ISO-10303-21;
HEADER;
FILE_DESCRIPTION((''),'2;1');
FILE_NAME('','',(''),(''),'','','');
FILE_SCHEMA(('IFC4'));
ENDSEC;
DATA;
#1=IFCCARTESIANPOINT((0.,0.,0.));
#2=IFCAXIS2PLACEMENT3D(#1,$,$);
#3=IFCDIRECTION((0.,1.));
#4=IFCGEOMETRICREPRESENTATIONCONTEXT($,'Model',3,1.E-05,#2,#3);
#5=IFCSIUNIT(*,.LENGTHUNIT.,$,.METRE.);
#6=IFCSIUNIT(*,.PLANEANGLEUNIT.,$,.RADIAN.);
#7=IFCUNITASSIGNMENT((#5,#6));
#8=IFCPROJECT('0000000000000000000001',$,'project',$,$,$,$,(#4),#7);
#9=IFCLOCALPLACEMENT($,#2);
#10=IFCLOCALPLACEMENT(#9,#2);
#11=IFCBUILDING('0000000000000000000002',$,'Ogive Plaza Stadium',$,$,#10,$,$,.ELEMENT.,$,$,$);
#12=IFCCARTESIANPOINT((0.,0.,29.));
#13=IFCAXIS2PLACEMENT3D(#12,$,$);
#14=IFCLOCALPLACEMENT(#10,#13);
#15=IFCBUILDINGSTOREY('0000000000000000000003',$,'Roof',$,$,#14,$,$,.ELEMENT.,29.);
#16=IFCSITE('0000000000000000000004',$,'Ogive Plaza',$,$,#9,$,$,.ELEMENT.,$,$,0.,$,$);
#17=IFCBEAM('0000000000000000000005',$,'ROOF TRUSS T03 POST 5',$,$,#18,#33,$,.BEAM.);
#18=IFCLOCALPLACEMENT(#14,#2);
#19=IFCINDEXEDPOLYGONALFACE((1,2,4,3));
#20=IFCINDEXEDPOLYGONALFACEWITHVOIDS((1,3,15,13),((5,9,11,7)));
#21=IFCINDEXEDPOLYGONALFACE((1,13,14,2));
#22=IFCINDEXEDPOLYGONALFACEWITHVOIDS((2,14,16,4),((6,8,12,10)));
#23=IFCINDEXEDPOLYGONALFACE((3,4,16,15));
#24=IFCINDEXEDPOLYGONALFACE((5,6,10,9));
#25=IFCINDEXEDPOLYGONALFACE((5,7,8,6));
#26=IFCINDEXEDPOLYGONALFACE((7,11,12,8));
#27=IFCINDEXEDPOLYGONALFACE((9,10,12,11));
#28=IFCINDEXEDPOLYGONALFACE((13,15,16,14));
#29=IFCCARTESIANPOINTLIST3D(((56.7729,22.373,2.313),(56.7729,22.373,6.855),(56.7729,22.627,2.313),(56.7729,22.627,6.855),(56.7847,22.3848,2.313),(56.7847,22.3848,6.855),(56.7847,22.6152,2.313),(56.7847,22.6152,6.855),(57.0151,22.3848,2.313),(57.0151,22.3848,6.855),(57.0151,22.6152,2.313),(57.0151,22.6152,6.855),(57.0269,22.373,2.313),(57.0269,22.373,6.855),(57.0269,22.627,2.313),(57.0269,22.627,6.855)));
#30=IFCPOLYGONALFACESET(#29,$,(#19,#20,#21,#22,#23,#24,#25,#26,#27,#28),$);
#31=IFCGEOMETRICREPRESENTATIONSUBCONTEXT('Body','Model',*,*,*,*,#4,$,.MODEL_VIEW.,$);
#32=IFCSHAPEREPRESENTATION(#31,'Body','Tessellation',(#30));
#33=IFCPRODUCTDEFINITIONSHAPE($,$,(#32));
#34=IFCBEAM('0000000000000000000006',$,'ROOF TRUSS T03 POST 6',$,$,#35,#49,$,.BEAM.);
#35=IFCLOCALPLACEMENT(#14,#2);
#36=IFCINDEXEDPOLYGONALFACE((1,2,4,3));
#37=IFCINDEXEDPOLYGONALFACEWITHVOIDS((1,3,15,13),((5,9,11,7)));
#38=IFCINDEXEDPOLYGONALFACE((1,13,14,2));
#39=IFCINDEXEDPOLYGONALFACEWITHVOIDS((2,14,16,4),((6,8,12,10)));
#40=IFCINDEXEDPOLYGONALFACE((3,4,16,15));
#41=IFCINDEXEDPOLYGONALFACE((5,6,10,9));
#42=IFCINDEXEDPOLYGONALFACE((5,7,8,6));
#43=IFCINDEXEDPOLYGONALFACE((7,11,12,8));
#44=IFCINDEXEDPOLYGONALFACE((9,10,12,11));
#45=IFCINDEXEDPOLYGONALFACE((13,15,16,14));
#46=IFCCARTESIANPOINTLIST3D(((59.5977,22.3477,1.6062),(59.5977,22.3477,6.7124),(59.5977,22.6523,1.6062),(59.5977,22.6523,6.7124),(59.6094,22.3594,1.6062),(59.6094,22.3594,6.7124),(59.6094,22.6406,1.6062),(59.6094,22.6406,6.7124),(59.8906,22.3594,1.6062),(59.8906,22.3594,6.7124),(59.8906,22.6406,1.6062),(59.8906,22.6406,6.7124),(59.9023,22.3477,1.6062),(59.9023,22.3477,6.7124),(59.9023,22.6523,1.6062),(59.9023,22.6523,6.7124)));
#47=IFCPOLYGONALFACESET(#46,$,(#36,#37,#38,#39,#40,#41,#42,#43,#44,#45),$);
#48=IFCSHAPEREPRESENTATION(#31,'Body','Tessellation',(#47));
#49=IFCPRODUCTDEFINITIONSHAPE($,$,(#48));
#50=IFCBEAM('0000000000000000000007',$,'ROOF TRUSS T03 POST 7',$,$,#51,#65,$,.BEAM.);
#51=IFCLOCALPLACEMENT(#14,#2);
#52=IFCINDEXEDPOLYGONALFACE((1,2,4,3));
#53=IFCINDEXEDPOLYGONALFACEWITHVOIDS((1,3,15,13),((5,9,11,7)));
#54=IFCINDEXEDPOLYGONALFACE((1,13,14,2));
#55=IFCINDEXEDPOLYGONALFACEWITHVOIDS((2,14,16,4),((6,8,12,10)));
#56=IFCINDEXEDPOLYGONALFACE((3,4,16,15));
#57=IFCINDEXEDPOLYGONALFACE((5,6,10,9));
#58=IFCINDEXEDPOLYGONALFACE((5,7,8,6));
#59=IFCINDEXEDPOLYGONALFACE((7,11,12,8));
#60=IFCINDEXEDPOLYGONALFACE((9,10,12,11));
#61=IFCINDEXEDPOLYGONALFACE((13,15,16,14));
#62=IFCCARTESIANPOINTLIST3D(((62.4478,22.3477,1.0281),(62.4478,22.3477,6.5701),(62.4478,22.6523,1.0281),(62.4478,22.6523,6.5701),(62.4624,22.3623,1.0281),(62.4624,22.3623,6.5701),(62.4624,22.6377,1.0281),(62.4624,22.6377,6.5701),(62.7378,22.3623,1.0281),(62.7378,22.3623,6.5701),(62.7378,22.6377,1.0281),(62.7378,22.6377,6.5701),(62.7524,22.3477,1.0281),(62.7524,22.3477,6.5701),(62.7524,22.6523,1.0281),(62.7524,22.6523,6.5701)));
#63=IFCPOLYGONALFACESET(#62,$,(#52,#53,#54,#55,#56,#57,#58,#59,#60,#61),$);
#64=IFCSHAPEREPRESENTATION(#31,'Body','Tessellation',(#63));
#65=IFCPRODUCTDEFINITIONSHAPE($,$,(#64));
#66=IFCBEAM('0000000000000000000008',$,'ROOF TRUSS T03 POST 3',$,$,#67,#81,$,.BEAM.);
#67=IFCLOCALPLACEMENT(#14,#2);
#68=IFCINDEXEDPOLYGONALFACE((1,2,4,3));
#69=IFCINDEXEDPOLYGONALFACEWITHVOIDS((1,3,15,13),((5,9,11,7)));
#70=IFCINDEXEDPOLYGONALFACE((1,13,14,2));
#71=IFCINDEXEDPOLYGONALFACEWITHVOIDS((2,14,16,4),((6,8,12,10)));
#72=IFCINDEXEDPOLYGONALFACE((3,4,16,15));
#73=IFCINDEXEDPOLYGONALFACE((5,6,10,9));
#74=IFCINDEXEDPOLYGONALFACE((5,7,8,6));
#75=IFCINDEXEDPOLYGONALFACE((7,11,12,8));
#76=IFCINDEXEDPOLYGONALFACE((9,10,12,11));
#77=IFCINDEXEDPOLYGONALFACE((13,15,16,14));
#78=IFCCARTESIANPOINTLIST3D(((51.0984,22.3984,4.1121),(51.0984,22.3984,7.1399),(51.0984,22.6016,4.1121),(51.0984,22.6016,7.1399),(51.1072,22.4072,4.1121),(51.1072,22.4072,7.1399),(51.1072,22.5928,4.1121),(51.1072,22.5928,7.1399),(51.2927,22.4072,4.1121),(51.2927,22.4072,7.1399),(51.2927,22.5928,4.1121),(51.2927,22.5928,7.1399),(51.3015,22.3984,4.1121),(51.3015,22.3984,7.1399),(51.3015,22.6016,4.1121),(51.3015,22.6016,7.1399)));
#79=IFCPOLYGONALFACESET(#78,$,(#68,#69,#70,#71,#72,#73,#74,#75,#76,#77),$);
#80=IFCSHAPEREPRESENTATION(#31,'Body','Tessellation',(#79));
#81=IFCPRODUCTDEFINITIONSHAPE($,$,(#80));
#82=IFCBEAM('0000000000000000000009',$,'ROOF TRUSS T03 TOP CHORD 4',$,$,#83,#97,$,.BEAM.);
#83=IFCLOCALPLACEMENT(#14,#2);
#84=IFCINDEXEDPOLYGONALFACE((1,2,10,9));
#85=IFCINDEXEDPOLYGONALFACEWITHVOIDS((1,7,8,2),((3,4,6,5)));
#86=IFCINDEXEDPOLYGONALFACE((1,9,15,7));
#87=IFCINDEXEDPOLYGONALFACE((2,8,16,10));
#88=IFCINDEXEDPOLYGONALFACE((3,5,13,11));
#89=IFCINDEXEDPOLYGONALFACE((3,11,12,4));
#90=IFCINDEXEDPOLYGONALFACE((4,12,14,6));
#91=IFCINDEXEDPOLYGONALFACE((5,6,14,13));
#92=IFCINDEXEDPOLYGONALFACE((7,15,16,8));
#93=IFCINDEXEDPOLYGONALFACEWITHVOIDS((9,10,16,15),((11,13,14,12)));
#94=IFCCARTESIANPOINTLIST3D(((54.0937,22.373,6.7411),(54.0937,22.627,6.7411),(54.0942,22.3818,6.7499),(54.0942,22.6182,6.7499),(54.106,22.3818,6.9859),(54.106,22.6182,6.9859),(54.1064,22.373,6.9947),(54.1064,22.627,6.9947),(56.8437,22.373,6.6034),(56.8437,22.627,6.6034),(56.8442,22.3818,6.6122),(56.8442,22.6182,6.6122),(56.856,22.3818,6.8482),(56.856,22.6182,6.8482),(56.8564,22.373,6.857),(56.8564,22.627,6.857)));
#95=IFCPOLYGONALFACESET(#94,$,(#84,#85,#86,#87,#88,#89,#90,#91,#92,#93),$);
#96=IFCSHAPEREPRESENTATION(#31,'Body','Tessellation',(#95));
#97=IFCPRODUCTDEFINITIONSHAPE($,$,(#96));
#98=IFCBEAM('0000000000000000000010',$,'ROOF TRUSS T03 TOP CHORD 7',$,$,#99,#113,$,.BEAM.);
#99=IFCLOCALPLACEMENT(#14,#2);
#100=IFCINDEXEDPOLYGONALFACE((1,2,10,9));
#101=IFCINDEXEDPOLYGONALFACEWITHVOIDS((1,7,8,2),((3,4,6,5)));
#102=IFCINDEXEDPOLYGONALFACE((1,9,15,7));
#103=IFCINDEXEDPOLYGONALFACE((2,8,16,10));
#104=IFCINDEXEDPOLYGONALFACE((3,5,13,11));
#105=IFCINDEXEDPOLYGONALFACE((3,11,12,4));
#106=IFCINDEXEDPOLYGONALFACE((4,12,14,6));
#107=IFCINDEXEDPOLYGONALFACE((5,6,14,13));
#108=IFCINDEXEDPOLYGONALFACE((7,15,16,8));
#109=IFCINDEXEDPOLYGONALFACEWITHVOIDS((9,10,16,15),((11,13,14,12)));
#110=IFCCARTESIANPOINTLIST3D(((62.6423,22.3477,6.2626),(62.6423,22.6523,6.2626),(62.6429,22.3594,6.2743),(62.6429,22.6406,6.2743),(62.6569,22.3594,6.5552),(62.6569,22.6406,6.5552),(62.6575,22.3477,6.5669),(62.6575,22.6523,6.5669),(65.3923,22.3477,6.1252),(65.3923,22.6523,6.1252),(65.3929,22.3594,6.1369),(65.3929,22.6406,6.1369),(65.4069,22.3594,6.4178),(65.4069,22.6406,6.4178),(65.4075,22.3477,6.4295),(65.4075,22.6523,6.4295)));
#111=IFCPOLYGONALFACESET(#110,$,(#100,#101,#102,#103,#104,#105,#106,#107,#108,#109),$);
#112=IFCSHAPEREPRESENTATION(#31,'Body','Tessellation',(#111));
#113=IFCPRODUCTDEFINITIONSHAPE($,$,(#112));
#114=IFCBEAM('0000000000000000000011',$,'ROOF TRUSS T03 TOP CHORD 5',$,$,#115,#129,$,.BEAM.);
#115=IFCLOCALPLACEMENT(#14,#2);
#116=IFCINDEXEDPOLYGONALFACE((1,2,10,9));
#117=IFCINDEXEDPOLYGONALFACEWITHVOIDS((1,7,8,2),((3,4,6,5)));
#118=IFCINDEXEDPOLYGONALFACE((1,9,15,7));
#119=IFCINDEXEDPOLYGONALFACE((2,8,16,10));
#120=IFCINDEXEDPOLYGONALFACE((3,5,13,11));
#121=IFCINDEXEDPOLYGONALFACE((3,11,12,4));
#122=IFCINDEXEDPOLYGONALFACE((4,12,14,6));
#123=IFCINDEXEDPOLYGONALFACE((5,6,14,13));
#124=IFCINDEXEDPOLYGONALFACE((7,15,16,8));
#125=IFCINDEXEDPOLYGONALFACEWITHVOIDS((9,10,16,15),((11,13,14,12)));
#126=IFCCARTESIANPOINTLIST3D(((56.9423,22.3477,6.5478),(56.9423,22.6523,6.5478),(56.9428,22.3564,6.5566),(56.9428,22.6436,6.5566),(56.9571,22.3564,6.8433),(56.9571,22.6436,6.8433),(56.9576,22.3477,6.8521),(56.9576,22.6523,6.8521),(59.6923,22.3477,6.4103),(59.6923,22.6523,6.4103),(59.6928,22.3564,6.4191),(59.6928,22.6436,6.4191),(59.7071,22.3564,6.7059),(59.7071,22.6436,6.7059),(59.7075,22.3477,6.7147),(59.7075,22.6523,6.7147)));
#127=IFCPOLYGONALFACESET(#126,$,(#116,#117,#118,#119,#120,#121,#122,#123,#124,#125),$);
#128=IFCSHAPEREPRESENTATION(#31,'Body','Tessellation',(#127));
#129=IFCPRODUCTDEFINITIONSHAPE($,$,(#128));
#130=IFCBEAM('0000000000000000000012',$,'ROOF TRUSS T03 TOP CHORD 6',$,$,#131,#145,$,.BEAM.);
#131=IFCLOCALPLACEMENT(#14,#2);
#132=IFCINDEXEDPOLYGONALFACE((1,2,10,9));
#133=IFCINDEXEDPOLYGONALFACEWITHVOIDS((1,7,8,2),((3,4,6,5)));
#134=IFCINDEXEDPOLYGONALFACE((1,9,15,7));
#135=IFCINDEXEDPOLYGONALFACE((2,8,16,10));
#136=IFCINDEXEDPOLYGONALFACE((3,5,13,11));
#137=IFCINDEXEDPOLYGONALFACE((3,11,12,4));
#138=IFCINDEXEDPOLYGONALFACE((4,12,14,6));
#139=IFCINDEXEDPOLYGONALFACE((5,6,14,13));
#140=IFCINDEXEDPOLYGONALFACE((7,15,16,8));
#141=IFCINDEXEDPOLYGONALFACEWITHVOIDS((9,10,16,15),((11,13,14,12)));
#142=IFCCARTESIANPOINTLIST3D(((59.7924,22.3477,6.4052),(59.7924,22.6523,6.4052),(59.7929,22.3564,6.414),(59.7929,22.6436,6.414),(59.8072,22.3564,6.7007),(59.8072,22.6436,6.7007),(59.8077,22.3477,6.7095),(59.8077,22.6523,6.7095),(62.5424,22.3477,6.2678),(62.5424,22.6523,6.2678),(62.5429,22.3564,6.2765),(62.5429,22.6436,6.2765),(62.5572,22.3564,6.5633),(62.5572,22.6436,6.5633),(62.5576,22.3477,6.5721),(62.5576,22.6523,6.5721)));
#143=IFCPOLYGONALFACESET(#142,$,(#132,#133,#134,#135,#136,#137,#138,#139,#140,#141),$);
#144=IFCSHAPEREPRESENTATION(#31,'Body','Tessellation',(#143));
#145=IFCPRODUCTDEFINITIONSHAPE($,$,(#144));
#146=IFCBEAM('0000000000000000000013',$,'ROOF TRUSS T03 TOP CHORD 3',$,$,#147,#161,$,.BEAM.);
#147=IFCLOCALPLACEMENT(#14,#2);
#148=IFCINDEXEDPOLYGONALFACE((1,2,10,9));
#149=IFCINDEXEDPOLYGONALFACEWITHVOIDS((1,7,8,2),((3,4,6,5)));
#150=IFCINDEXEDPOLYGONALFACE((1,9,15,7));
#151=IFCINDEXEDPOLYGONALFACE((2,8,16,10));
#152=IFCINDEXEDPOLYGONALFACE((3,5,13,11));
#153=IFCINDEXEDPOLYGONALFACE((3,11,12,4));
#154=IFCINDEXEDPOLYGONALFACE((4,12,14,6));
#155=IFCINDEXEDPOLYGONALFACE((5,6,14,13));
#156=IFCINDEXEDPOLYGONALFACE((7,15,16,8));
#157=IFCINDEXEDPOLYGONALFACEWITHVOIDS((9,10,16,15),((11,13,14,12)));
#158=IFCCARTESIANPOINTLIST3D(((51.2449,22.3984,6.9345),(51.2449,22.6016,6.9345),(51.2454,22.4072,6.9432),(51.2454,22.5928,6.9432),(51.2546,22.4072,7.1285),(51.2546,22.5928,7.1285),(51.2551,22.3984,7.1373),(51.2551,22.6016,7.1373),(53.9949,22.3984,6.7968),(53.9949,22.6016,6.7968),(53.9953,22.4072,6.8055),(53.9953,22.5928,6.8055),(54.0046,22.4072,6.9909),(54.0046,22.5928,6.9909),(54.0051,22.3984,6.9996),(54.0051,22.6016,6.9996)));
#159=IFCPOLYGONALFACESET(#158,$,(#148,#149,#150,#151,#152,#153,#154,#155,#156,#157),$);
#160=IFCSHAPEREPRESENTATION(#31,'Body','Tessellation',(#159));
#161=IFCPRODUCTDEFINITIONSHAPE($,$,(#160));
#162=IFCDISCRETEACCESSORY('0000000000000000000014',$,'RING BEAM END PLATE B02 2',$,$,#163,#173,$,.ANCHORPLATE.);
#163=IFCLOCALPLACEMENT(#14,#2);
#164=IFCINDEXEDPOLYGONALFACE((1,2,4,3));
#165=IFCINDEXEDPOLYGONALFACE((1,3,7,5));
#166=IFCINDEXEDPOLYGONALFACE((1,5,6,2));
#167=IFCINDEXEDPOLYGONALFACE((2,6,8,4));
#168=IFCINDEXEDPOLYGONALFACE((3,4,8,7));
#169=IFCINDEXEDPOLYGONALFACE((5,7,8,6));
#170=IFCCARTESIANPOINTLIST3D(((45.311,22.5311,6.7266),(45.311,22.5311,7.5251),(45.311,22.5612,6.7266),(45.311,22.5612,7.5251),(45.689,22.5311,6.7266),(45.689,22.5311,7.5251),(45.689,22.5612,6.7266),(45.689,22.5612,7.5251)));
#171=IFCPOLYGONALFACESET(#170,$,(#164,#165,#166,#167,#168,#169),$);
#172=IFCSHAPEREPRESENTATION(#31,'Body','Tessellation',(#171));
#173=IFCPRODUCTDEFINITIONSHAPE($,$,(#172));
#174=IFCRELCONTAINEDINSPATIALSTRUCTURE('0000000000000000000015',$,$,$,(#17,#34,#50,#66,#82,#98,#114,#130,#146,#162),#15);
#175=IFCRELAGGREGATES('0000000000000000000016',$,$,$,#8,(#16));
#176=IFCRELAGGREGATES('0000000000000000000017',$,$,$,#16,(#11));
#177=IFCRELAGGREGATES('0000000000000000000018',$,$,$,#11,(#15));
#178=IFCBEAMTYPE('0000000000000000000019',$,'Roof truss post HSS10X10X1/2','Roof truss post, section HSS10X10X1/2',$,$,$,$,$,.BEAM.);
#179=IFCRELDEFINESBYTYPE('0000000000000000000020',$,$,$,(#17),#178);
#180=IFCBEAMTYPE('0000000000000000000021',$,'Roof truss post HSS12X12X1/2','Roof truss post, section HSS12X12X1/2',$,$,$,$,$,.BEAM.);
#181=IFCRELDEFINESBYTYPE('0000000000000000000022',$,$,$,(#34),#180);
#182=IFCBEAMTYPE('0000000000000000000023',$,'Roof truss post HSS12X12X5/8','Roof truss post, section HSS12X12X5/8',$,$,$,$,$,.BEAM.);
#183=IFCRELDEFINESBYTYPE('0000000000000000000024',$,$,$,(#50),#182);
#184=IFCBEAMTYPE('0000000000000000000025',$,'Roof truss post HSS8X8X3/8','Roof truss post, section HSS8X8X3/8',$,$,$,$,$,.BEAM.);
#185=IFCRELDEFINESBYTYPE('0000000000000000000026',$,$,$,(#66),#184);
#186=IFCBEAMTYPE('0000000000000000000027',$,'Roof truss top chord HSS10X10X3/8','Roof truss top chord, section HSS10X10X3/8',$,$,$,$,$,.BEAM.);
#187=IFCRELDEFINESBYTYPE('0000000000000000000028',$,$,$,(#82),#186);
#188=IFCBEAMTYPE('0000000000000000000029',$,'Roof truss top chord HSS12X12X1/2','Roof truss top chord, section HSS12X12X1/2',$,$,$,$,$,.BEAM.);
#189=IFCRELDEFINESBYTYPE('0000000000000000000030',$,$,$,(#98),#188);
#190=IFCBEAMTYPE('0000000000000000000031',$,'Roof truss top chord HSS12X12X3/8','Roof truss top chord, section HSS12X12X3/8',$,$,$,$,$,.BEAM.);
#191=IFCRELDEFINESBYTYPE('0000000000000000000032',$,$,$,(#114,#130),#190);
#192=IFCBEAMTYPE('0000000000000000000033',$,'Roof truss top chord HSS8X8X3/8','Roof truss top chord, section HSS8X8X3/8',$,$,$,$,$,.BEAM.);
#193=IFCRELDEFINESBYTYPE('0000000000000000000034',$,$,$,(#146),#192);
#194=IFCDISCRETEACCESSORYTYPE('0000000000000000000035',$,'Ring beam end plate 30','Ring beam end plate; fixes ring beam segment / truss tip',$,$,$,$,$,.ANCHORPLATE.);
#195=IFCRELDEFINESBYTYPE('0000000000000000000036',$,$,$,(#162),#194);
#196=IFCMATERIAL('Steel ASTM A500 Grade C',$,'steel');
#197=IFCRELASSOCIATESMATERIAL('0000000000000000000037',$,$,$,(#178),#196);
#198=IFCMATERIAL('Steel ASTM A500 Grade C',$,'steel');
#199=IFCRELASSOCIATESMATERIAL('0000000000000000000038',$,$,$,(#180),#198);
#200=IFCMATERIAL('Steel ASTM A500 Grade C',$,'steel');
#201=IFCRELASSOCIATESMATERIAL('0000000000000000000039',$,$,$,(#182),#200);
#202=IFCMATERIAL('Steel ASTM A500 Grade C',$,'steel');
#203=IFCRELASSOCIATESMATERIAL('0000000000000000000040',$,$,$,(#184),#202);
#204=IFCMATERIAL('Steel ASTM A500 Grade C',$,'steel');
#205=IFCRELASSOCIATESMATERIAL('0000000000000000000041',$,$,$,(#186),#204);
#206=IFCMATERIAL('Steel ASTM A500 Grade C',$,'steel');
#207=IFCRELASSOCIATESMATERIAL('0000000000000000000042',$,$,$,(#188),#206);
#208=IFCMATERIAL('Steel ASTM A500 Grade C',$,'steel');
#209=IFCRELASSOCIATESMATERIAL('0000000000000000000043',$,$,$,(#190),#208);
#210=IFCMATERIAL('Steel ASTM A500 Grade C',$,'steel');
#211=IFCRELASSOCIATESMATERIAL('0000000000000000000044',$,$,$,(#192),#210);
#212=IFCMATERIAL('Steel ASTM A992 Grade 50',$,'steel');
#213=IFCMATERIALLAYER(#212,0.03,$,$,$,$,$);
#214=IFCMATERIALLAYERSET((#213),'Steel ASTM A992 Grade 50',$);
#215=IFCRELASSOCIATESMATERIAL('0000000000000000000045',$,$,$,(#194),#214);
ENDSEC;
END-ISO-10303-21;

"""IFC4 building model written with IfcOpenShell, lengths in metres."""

from ifc_helpers import new_model, si_unit, direction, frame, origin, origin_2d, place, context, subcontext, project, spatial, rectangle, hollow_rectangle, extrude, material, layer, layer_set, material_profile, profile_set, type_object, element, save


model = new_model("IFC4")

# Units and contexts
model_context = context("Model", 3, precision=1e-05, world=origin(), true_north=direction((0.0, 1.0)))
body_context = subcontext(model_context, "Body", "Model", "MODEL_VIEW")
ifc_project = project(units=[si_unit("LENGTHUNIT", "METRE"), si_unit("PLANEANGLEUNIT", "RADIAN")], contexts=[model_context])

# Site, building, storey
site_placement = place(None, origin())
site = spatial("IfcSite", under=ifc_project, at=site_placement, Name="Ogive Plaza", CompositionType="ELEMENT", RefElevation=0.0)
building_placement = place(site_placement, origin())
building = spatial("IfcBuilding", under=site, at=building_placement, Name="Ogive Plaza Stadium", CompositionType="ELEMENT")
storey_placement = place(building_placement, frame((0.0, 0.0, 29.0)))
storey = spatial("IfcBuildingStorey", under=building, at=storey_placement, Name="Roof", CompositionType="ELEMENT", Elevation=29.0)

# Beams
ifc_material_1 = material(Name="Steel ASTM A500 Grade C", Category="steel")
ifc_material_profile_1 = material_profile(ifc_material_1, hollow_rectangle(XDim=0.2539, YDim=0.2539, WallThickness=0.0117, at=origin_2d()), Name="HSS10X10X1/2")
ifc_profile_set_1 = profile_set([ifc_material_profile_1], Name="Steel ASTM A500 Grade C")
beam_type_1 = type_object("IfcBeamType", Name="Roof truss post HSS10X10X1/2", Description="Roof truss post, section HSS10X10X1/2", PredefinedType="BEAM", material=ifc_profile_set_1)
beam_1_placement = place(storey_placement, frame((56.8999, 22.5, 2.313), z_axis=(0.0, 0.0, 1.0), x_axis=(0.0, 1.0, 0.0)))
element("IfcBeam", 1, at=beam_1_placement, inside=storey, type_object=beam_type_1, Name="ROOF TRUSS T03 POST 5", PredefinedType="BEAM", context=body_context, shape_type="SweptSolid", body=[
    extrude(hollow_rectangle(XDim=0.2539, YDim=0.2539, WallThickness=0.0117, at=origin_2d()), origin(), (0.0, 0.0, 1.0), 4.542),
])
ifc_material_2 = material(Name="Steel ASTM A500 Grade C", Category="steel")
ifc_material_profile_2 = material_profile(ifc_material_2, hollow_rectangle(XDim=0.3047, YDim=0.3047, WallThickness=0.0117, at=origin_2d()), Name="HSS12X12X1/2")
ifc_profile_set_2 = profile_set([ifc_material_profile_2], Name="Steel ASTM A500 Grade C")
beam_type_2 = type_object("IfcBeamType", Name="Roof truss post HSS12X12X1/2", Description="Roof truss post, section HSS12X12X1/2", PredefinedType="BEAM", material=ifc_profile_set_2)
beam_2_placement = place(storey_placement, frame((59.75, 22.5, 1.6062), z_axis=(0.0, 0.0, 1.0), x_axis=(0.0, 1.0, 0.0)))
element("IfcBeam", 2, at=beam_2_placement, inside=storey, type_object=beam_type_2, Name="ROOF TRUSS T03 POST 6", PredefinedType="BEAM", context=body_context, shape_type="SweptSolid", body=[
    extrude(hollow_rectangle(XDim=0.3047, YDim=0.3047, WallThickness=0.0117, at=origin_2d()), origin(), (0.0, 0.0, 1.0), 5.1062),
])
ifc_material_3 = material(Name="Steel ASTM A500 Grade C", Category="steel")
ifc_material_profile_3 = material_profile(ifc_material_3, hollow_rectangle(XDim=0.3047, YDim=0.3047, WallThickness=0.0146, at=origin_2d()), Name="HSS12X12X5/8")
ifc_profile_set_3 = profile_set([ifc_material_profile_3], Name="Steel ASTM A500 Grade C")
beam_type_3 = type_object("IfcBeamType", Name="Roof truss post HSS12X12X5/8", Description="Roof truss post, section HSS12X12X5/8", PredefinedType="BEAM", material=ifc_profile_set_3)
beam_3_placement = place(storey_placement, frame((62.6001, 22.5, 1.0281), z_axis=(0.0, 0.0, 1.0), x_axis=(0.0, 1.0, 0.0)))
element("IfcBeam", 3, at=beam_3_placement, inside=storey, type_object=beam_type_3, Name="ROOF TRUSS T03 POST 7", PredefinedType="BEAM", context=body_context, shape_type="SweptSolid", body=[
    extrude(hollow_rectangle(XDim=0.3047, YDim=0.3047, WallThickness=0.0146, at=origin_2d()), origin(), (0.0, 0.0, 1.0), 5.542),
])
ifc_material_4 = material(Name="Steel ASTM A500 Grade C", Category="steel")
ifc_material_profile_4 = material_profile(ifc_material_4, hollow_rectangle(XDim=0.2031, YDim=0.2031, WallThickness=0.0088, at=origin_2d()), Name="HSS8X8X3/8")
ifc_profile_set_4 = profile_set([ifc_material_profile_4], Name="Steel ASTM A500 Grade C")
beam_type_4 = type_object("IfcBeamType", Name="Roof truss post HSS8X8X3/8", Description="Roof truss post, section HSS8X8X3/8", PredefinedType="BEAM", material=ifc_profile_set_4)
beam_4_placement = place(storey_placement, frame((51.2, 22.5, 4.1121), z_axis=(0.0, 0.0, 1.0), x_axis=(0.0, 1.0, 0.0)))
element("IfcBeam", 4, at=beam_4_placement, inside=storey, type_object=beam_type_4, Name="ROOF TRUSS T03 POST 3", PredefinedType="BEAM", context=body_context, shape_type="SweptSolid", body=[
    extrude(hollow_rectangle(XDim=0.2031, YDim=0.2031, WallThickness=0.0088, at=origin_2d()), origin(), (0.0, 0.0, 1.0), 3.0278),
])
ifc_material_5 = material(Name="Steel ASTM A500 Grade C", Category="steel")
ifc_material_profile_5 = material_profile(ifc_material_5, hollow_rectangle(XDim=0.2539, YDim=0.2539, WallThickness=0.0088, at=origin_2d()), Name="HSS10X10X3/8")
ifc_profile_set_5 = profile_set([ifc_material_profile_5], Name="Steel ASTM A500 Grade C")
beam_type_5 = type_object("IfcBeamType", Name="Roof truss top chord HSS10X10X3/8", Description="Roof truss top chord, section HSS10X10X3/8", PredefinedType="BEAM", material=ifc_profile_set_5)
beam_5_placement = place(storey_placement, frame((54.1001, 22.5, 6.8679), z_axis=(0.998749, 0.0, -0.050008), x_axis=(0.0, 1.0, 0.0)))
element("IfcBeam", 5, at=beam_5_placement, inside=storey, type_object=beam_type_5, Name="ROOF TRUSS T03 TOP CHORD 4", PredefinedType="BEAM", context=body_context, shape_type="SweptSolid", body=[
    extrude(hollow_rectangle(XDim=0.2539, YDim=0.2539, WallThickness=0.0088, at=origin_2d()), origin(), (0.0, 0.0, 1.0), 2.7534),
])
ifc_material_6 = material(Name="Steel ASTM A500 Grade C", Category="steel")
ifc_material_profile_6 = material_profile(ifc_material_6, hollow_rectangle(XDim=0.3047, YDim=0.3047, WallThickness=0.0117, at=origin_2d()), Name="HSS12X12X1/2")
ifc_profile_set_6 = profile_set([ifc_material_profile_6], Name="Steel ASTM A500 Grade C")
beam_type_6 = type_object("IfcBeamType", Name="Roof truss top chord HSS12X12X1/2", Description="Roof truss top chord, section HSS12X12X1/2", PredefinedType="BEAM", material=ifc_profile_set_6)
beam_6_placement = place(storey_placement, frame((62.6499, 22.5, 6.4148), z_axis=(0.998753, 0.0, -0.04992), x_axis=(0.0, 1.0, 0.0)))
element("IfcBeam", 6, at=beam_6_placement, inside=storey, type_object=beam_type_6, Name="ROOF TRUSS T03 TOP CHORD 7", PredefinedType="BEAM", context=body_context, shape_type="SweptSolid", body=[
    extrude(hollow_rectangle(XDim=0.3047, YDim=0.3047, WallThickness=0.0117, at=origin_2d()), origin(), (0.0, 0.0, 1.0), 2.7534),
])
ifc_material_7 = material(Name="Steel ASTM A500 Grade C", Category="steel")
ifc_material_profile_7 = material_profile(ifc_material_7, hollow_rectangle(XDim=0.3047, YDim=0.3047, WallThickness=0.0088, at=origin_2d()), Name="HSS12X12X3/8")
ifc_profile_set_7 = profile_set([ifc_material_profile_7], Name="Steel ASTM A500 Grade C")
beam_type_7 = type_object("IfcBeamType", Name="Roof truss top chord HSS12X12X3/8", Description="Roof truss top chord, section HSS12X12X3/8", PredefinedType="BEAM", material=ifc_profile_set_7)
for number, where, z_axis, x_axis, name in (
    (7, (56.95, 22.5, 6.7), (0.998753, 0.0, -0.04992), (0.0, 1.0, 0.0), "ROOF TRUSS T03 TOP CHORD 5"),
    (8, (59.8, 22.5, 6.5574), (0.998753, 0.0, -0.04992), (0.0, 1.0, 0.0), "ROOF TRUSS T03 TOP CHORD 6"),
):
    element("IfcBeam", number, at=place(storey_placement, frame(where, z_axis=z_axis, x_axis=x_axis)), inside=storey, type_object=beam_type_7, Name=name, PredefinedType="BEAM", context=body_context, shape_type="SweptSolid", body=[
        extrude(hollow_rectangle(XDim=0.3047, YDim=0.3047, WallThickness=0.0088, at=origin_2d()), origin(), (0.0, 0.0, 1.0), 2.7534),
    ])
ifc_material_8 = material(Name="Steel ASTM A500 Grade C", Category="steel")
ifc_material_profile_8 = material_profile(ifc_material_8, hollow_rectangle(XDim=0.2031, YDim=0.2031, WallThickness=0.0088, at=origin_2d()), Name="HSS8X8X3/8")
ifc_profile_set_8 = profile_set([ifc_material_profile_8], Name="Steel ASTM A500 Grade C")
beam_type_8 = type_object("IfcBeamType", Name="Roof truss top chord HSS8X8X3/8", Description="Roof truss top chord, section HSS8X8X3/8", PredefinedType="BEAM", material=ifc_profile_set_8)
beam_7_placement = place(storey_placement, frame((51.25, 22.5, 7.0359), z_axis=(0.998749, 0.0, -0.050008), x_axis=(0.0, 1.0, 0.0)))
element("IfcBeam", 9, at=beam_7_placement, inside=storey, type_object=beam_type_8, Name="ROOF TRUSS T03 TOP CHORD 3", PredefinedType="BEAM", context=body_context, shape_type="SweptSolid", body=[
    extrude(hollow_rectangle(XDim=0.2031, YDim=0.2031, WallThickness=0.0088, at=origin_2d()), origin(), (0.0, 0.0, 1.0), 2.7534),
])

# Discrete accessory
ifc_material_9 = material(Name="Steel ASTM A992 Grade 50", Category="steel")
ifc_layer = layer(ifc_material_9, 0.03)
ifc_layer_set = layer_set([ifc_layer], Name="Steel ASTM A992 Grade 50")
discrete_accessory_type = type_object("IfcDiscreteAccessoryType", Name="Ring beam end plate 30", Description="Ring beam end plate; fixes ring beam segment / truss tip", PredefinedType="ANCHORPLATE", material=ifc_layer_set)
discrete_accessory_placement = place(storey_placement, frame((45.5, 22.5461, 6.7266), z_axis=(0.0, 0.0, 1.0), x_axis=(0.0, -1.0, 0.0)))
element("IfcDiscreteAccessory", 10, at=discrete_accessory_placement, inside=storey, type_object=discrete_accessory_type, Name="RING BEAM END PLATE B02 2", PredefinedType="ANCHORPLATE", context=body_context, shape_type="SweptSolid", body=[
    extrude(rectangle(XDim=0.03, YDim=0.3779, at=origin_2d()), origin(), (0.0, 0.0, 1.0), 0.7986),
])

save(model, "model.ifc")
